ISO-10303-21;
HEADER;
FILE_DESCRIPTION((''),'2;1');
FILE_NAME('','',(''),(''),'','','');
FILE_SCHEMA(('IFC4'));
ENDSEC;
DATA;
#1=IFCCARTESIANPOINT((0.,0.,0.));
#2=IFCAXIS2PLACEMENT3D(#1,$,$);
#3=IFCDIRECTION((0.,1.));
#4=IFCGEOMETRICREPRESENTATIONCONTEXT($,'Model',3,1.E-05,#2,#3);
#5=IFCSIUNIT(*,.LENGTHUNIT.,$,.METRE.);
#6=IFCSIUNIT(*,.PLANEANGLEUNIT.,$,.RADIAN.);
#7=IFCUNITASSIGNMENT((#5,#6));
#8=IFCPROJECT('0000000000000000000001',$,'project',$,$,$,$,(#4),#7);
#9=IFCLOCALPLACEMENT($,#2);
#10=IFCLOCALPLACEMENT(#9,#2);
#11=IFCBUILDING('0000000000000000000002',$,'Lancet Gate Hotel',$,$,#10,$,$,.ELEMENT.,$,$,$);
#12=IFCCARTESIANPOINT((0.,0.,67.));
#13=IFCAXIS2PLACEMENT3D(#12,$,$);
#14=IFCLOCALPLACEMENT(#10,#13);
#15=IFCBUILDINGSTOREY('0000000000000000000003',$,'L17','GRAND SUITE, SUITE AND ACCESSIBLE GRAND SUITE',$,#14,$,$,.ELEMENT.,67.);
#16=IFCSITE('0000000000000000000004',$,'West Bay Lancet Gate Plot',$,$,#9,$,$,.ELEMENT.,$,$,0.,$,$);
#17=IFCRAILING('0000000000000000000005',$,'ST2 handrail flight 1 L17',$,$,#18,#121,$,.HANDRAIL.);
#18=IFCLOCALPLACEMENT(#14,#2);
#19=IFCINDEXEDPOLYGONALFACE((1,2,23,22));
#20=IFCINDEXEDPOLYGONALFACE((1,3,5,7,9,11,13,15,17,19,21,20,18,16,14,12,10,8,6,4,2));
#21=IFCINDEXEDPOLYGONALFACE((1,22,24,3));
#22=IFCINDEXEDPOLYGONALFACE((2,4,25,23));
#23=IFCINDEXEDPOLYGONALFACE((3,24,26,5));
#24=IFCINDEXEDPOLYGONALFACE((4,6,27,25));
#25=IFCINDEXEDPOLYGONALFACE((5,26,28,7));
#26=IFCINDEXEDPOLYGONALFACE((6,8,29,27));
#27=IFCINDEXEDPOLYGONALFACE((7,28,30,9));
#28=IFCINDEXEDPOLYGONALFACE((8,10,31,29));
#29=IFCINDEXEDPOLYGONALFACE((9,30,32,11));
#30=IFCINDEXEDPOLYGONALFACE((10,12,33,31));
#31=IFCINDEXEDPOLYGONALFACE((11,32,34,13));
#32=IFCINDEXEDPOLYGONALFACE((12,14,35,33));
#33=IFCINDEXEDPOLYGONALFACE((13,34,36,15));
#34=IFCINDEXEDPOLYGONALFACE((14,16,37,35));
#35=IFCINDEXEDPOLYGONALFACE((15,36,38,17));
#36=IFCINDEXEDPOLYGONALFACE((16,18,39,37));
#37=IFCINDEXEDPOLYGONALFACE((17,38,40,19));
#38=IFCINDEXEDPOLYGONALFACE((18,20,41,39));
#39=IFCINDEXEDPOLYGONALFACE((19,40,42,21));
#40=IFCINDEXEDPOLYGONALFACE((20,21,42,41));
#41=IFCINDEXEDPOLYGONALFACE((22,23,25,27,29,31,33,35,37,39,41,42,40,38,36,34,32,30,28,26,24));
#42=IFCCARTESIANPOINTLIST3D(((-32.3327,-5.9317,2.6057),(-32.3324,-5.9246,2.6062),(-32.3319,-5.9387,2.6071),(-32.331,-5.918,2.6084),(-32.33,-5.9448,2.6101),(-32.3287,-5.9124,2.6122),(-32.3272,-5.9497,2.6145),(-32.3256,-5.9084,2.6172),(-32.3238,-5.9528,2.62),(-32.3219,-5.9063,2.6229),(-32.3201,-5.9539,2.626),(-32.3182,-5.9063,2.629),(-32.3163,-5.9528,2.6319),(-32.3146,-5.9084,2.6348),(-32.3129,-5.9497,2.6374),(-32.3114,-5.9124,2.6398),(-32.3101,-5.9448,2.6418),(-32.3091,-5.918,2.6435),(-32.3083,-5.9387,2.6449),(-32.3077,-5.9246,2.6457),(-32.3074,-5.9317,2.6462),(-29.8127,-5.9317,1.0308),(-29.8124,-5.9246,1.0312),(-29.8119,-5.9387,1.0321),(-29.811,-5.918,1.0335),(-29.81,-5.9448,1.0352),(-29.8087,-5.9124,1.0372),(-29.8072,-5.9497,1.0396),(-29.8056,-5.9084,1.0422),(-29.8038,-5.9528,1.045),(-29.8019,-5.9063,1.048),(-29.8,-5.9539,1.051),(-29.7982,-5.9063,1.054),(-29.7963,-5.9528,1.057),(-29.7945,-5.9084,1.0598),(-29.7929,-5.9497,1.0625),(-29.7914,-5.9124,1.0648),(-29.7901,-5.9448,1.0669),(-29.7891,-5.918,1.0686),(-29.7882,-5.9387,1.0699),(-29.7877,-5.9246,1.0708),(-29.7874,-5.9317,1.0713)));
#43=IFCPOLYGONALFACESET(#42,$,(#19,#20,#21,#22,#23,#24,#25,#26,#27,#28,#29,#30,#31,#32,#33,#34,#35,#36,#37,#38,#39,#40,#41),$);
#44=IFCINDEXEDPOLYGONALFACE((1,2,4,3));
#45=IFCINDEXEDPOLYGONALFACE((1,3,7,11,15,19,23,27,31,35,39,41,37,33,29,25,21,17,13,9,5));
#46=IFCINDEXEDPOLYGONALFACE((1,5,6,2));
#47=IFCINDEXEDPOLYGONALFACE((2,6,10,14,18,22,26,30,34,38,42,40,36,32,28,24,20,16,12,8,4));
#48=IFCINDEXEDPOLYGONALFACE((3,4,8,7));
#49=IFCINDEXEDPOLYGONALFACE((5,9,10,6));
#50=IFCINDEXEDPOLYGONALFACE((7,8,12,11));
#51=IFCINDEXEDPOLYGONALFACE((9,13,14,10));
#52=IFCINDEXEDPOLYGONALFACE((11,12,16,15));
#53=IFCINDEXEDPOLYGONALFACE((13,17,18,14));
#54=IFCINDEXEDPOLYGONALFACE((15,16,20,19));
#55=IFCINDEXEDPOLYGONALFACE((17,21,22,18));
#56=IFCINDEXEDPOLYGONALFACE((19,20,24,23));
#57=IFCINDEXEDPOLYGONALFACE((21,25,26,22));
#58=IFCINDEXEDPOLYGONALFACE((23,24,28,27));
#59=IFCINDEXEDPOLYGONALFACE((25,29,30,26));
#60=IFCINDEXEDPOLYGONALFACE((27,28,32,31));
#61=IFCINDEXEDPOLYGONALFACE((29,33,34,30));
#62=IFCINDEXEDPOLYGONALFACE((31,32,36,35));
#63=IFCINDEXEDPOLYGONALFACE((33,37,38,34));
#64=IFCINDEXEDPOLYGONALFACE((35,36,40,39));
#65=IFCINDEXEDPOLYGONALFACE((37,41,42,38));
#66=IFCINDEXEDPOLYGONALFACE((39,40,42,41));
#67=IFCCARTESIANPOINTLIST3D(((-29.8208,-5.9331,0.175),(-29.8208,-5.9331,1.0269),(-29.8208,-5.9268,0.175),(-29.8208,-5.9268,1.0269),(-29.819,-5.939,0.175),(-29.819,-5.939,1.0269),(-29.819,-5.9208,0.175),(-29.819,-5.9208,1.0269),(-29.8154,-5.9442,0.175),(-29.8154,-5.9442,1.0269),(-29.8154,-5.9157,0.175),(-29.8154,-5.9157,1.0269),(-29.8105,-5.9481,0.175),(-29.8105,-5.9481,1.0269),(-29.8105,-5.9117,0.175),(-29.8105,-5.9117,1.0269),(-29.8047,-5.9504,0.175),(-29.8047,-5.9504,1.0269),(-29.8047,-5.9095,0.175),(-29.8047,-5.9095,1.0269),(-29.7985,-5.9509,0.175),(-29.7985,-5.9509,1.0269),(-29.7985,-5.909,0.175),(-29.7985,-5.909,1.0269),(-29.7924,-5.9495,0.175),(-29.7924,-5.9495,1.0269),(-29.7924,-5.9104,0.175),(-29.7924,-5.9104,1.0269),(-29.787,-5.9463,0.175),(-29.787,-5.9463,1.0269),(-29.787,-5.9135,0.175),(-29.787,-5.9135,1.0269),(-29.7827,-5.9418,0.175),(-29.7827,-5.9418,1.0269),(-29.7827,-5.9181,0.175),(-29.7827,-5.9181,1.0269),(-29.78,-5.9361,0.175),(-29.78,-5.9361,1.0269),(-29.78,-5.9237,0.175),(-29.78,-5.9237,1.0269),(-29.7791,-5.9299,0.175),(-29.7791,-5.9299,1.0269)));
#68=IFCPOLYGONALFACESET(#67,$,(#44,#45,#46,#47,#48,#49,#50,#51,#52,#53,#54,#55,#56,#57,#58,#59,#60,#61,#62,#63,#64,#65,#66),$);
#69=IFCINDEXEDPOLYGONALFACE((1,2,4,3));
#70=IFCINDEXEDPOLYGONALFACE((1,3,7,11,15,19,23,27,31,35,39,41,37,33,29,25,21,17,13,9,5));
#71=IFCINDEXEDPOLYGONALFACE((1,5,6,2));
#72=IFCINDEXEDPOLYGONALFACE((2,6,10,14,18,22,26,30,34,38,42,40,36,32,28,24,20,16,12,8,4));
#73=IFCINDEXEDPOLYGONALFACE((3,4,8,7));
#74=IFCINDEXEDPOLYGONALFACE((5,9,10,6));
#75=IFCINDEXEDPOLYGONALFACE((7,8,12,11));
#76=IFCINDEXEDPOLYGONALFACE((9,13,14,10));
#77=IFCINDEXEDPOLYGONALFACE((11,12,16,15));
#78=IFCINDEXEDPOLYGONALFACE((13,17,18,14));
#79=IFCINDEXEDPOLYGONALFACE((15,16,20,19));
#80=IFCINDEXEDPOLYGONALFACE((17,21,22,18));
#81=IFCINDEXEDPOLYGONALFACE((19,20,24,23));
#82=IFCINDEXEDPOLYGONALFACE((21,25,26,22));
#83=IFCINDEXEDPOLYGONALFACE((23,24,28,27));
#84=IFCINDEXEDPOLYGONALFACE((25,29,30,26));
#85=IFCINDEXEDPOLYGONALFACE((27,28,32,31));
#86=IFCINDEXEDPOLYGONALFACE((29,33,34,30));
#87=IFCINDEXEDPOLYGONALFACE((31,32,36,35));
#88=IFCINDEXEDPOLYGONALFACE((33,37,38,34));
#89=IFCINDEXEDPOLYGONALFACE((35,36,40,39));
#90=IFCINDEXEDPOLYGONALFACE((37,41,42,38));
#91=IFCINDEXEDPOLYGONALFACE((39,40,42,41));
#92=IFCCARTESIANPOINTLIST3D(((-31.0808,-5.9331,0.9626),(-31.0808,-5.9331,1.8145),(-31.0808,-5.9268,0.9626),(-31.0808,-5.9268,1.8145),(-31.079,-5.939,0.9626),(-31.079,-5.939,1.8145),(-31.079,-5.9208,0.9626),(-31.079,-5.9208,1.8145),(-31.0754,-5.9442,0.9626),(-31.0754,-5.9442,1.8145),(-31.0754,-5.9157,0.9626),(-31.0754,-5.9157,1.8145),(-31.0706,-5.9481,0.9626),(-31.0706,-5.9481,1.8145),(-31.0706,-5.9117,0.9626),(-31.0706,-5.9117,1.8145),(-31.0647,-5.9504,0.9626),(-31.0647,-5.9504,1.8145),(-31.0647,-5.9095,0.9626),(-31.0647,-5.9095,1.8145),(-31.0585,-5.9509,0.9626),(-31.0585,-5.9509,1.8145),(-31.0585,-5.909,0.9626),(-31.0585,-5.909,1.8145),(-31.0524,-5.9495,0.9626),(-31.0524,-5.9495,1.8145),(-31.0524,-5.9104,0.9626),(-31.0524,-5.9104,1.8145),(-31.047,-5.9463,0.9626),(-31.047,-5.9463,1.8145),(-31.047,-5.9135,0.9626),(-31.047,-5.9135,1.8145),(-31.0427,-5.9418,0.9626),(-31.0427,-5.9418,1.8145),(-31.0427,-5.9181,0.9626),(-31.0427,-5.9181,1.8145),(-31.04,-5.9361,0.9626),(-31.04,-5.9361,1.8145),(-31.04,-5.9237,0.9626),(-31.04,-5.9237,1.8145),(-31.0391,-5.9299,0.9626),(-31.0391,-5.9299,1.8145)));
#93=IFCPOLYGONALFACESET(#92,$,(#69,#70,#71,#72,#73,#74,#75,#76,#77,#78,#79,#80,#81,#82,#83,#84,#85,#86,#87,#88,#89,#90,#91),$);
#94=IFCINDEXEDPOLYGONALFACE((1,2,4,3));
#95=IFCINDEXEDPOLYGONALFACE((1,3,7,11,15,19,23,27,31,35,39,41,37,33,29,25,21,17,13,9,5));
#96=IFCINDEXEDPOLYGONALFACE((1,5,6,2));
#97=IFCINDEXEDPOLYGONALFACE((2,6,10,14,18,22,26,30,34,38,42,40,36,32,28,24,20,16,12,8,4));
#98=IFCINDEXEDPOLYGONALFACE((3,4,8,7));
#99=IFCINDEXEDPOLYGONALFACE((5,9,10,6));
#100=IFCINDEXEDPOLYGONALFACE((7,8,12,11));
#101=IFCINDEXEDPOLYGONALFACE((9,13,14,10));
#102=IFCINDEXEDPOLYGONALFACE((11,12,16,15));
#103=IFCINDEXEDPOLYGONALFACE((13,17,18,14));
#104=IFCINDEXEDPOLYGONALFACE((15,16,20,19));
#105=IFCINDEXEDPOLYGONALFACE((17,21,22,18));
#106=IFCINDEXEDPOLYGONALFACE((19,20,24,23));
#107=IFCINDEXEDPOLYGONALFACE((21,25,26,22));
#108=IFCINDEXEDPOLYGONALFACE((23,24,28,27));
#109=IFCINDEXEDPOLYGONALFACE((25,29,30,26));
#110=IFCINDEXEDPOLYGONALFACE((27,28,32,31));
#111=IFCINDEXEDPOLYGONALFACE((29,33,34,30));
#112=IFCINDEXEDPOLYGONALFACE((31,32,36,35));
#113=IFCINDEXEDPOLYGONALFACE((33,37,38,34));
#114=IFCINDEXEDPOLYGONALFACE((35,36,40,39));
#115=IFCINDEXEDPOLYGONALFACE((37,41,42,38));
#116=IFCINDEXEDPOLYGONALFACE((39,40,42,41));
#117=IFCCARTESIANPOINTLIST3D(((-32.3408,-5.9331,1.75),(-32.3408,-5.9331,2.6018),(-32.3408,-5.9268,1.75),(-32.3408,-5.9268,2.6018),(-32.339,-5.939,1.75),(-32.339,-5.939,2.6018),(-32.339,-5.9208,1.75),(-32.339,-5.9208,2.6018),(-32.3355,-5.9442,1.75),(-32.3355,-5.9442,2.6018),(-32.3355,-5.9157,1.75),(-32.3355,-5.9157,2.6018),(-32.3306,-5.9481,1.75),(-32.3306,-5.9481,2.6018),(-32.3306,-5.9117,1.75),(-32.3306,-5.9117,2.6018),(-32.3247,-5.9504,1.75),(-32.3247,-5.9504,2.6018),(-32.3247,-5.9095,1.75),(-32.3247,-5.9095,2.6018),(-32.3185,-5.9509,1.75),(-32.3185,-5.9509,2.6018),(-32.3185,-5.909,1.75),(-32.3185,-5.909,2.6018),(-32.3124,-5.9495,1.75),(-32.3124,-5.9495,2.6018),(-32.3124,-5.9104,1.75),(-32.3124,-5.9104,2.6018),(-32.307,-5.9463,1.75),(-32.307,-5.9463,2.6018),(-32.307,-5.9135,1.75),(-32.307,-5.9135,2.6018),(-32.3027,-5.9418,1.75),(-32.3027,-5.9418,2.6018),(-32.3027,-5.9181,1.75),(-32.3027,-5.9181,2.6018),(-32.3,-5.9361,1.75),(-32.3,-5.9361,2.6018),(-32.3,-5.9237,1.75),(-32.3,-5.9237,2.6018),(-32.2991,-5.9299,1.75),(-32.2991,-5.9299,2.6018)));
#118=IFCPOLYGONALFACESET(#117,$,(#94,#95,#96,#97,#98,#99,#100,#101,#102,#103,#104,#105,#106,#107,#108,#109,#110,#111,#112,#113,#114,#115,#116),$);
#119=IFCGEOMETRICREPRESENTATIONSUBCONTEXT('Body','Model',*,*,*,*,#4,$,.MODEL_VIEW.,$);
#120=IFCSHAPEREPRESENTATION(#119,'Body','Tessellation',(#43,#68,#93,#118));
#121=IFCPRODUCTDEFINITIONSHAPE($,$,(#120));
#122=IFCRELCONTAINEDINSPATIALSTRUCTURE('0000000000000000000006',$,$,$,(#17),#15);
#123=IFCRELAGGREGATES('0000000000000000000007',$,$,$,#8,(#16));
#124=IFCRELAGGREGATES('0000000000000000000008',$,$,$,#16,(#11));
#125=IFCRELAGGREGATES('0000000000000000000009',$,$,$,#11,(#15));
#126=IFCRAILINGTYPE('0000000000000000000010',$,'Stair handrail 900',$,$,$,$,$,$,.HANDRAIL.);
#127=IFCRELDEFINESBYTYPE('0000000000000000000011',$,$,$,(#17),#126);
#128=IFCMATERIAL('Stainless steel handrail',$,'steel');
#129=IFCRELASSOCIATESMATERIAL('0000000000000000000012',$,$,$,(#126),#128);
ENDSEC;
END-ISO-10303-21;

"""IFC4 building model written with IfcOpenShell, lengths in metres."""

from ifc_helpers import new_model, si_unit, direction, frame, origin, origin_2d, place, context, subcontext, project, spatial, circle, extrude, material, type_object, element, save


model = new_model("IFC4")

# Units and contexts
model_context = context("Model", 3, precision=1e-05, world=origin(), true_north=direction((0.0, 1.0)))
body_context = subcontext(model_context, "Body", "Model", "MODEL_VIEW")
ifc_project = project(units=[si_unit("LENGTHUNIT", "METRE"), si_unit("PLANEANGLEUNIT", "RADIAN")], contexts=[model_context])

# Site, building, storey
site_placement = place(None, origin())
site = spatial("IfcSite", under=ifc_project, at=site_placement, Name="West Bay Lancet Gate Plot", CompositionType="ELEMENT", RefElevation=0.0)
building_placement = place(site_placement, origin())
building = spatial("IfcBuilding", under=site, at=building_placement, Name="Lancet Gate Hotel", CompositionType="ELEMENT")
storey_placement = place(building_placement, frame((0.0, 0.0, 67.0)))
storey = spatial("IfcBuildingStorey", under=building, at=storey_placement, Name="L17", Description="GRAND SUITE, SUITE AND ACCESSIBLE GRAND SUITE", CompositionType="ELEMENT", Elevation=67.0)

# Railing
ifc_material_1 = material(Name="Stainless steel handrail", Category="steel")
railing_type = type_object("IfcRailingType", Name="Stair handrail 900", PredefinedType="HANDRAIL", material=ifc_material_1)
railing_1_placement = place(storey_placement, frame((-29.8, -5.9299, 0.175)))
element("IfcRailing", 1, at=railing_1_placement, inside=storey, type_object=railing_type, Name="ST2 handrail flight 1 L17", PredefinedType="HANDRAIL", context=body_context, shape_type="SweptSolid", body=[
    extrude(circle(Radius=0.0239, at=origin_2d()), frame((0.0, 0.0, 0.876), z_axis=(-0.848008, 0.0, 0.529984), x_axis=(0.0, -1.0, 0.0)), (0.0, 0.0, 1.0), 2.9717),
    extrude(circle(Radius=0.021, at=origin_2d()), origin(), (0.0, 0.0, 1.0), 0.8518),
    extrude(circle(Radius=0.021, at=origin_2d()), frame((-1.26, 0.0, 0.7876)), (0.0, 0.0, 1.0), 0.8518),
    extrude(circle(Radius=0.021, at=origin_2d()), frame((-2.52, 0.0, 1.575)), (0.0, 0.0, 1.0), 0.8518),
])

save(model, "model.ifc")
